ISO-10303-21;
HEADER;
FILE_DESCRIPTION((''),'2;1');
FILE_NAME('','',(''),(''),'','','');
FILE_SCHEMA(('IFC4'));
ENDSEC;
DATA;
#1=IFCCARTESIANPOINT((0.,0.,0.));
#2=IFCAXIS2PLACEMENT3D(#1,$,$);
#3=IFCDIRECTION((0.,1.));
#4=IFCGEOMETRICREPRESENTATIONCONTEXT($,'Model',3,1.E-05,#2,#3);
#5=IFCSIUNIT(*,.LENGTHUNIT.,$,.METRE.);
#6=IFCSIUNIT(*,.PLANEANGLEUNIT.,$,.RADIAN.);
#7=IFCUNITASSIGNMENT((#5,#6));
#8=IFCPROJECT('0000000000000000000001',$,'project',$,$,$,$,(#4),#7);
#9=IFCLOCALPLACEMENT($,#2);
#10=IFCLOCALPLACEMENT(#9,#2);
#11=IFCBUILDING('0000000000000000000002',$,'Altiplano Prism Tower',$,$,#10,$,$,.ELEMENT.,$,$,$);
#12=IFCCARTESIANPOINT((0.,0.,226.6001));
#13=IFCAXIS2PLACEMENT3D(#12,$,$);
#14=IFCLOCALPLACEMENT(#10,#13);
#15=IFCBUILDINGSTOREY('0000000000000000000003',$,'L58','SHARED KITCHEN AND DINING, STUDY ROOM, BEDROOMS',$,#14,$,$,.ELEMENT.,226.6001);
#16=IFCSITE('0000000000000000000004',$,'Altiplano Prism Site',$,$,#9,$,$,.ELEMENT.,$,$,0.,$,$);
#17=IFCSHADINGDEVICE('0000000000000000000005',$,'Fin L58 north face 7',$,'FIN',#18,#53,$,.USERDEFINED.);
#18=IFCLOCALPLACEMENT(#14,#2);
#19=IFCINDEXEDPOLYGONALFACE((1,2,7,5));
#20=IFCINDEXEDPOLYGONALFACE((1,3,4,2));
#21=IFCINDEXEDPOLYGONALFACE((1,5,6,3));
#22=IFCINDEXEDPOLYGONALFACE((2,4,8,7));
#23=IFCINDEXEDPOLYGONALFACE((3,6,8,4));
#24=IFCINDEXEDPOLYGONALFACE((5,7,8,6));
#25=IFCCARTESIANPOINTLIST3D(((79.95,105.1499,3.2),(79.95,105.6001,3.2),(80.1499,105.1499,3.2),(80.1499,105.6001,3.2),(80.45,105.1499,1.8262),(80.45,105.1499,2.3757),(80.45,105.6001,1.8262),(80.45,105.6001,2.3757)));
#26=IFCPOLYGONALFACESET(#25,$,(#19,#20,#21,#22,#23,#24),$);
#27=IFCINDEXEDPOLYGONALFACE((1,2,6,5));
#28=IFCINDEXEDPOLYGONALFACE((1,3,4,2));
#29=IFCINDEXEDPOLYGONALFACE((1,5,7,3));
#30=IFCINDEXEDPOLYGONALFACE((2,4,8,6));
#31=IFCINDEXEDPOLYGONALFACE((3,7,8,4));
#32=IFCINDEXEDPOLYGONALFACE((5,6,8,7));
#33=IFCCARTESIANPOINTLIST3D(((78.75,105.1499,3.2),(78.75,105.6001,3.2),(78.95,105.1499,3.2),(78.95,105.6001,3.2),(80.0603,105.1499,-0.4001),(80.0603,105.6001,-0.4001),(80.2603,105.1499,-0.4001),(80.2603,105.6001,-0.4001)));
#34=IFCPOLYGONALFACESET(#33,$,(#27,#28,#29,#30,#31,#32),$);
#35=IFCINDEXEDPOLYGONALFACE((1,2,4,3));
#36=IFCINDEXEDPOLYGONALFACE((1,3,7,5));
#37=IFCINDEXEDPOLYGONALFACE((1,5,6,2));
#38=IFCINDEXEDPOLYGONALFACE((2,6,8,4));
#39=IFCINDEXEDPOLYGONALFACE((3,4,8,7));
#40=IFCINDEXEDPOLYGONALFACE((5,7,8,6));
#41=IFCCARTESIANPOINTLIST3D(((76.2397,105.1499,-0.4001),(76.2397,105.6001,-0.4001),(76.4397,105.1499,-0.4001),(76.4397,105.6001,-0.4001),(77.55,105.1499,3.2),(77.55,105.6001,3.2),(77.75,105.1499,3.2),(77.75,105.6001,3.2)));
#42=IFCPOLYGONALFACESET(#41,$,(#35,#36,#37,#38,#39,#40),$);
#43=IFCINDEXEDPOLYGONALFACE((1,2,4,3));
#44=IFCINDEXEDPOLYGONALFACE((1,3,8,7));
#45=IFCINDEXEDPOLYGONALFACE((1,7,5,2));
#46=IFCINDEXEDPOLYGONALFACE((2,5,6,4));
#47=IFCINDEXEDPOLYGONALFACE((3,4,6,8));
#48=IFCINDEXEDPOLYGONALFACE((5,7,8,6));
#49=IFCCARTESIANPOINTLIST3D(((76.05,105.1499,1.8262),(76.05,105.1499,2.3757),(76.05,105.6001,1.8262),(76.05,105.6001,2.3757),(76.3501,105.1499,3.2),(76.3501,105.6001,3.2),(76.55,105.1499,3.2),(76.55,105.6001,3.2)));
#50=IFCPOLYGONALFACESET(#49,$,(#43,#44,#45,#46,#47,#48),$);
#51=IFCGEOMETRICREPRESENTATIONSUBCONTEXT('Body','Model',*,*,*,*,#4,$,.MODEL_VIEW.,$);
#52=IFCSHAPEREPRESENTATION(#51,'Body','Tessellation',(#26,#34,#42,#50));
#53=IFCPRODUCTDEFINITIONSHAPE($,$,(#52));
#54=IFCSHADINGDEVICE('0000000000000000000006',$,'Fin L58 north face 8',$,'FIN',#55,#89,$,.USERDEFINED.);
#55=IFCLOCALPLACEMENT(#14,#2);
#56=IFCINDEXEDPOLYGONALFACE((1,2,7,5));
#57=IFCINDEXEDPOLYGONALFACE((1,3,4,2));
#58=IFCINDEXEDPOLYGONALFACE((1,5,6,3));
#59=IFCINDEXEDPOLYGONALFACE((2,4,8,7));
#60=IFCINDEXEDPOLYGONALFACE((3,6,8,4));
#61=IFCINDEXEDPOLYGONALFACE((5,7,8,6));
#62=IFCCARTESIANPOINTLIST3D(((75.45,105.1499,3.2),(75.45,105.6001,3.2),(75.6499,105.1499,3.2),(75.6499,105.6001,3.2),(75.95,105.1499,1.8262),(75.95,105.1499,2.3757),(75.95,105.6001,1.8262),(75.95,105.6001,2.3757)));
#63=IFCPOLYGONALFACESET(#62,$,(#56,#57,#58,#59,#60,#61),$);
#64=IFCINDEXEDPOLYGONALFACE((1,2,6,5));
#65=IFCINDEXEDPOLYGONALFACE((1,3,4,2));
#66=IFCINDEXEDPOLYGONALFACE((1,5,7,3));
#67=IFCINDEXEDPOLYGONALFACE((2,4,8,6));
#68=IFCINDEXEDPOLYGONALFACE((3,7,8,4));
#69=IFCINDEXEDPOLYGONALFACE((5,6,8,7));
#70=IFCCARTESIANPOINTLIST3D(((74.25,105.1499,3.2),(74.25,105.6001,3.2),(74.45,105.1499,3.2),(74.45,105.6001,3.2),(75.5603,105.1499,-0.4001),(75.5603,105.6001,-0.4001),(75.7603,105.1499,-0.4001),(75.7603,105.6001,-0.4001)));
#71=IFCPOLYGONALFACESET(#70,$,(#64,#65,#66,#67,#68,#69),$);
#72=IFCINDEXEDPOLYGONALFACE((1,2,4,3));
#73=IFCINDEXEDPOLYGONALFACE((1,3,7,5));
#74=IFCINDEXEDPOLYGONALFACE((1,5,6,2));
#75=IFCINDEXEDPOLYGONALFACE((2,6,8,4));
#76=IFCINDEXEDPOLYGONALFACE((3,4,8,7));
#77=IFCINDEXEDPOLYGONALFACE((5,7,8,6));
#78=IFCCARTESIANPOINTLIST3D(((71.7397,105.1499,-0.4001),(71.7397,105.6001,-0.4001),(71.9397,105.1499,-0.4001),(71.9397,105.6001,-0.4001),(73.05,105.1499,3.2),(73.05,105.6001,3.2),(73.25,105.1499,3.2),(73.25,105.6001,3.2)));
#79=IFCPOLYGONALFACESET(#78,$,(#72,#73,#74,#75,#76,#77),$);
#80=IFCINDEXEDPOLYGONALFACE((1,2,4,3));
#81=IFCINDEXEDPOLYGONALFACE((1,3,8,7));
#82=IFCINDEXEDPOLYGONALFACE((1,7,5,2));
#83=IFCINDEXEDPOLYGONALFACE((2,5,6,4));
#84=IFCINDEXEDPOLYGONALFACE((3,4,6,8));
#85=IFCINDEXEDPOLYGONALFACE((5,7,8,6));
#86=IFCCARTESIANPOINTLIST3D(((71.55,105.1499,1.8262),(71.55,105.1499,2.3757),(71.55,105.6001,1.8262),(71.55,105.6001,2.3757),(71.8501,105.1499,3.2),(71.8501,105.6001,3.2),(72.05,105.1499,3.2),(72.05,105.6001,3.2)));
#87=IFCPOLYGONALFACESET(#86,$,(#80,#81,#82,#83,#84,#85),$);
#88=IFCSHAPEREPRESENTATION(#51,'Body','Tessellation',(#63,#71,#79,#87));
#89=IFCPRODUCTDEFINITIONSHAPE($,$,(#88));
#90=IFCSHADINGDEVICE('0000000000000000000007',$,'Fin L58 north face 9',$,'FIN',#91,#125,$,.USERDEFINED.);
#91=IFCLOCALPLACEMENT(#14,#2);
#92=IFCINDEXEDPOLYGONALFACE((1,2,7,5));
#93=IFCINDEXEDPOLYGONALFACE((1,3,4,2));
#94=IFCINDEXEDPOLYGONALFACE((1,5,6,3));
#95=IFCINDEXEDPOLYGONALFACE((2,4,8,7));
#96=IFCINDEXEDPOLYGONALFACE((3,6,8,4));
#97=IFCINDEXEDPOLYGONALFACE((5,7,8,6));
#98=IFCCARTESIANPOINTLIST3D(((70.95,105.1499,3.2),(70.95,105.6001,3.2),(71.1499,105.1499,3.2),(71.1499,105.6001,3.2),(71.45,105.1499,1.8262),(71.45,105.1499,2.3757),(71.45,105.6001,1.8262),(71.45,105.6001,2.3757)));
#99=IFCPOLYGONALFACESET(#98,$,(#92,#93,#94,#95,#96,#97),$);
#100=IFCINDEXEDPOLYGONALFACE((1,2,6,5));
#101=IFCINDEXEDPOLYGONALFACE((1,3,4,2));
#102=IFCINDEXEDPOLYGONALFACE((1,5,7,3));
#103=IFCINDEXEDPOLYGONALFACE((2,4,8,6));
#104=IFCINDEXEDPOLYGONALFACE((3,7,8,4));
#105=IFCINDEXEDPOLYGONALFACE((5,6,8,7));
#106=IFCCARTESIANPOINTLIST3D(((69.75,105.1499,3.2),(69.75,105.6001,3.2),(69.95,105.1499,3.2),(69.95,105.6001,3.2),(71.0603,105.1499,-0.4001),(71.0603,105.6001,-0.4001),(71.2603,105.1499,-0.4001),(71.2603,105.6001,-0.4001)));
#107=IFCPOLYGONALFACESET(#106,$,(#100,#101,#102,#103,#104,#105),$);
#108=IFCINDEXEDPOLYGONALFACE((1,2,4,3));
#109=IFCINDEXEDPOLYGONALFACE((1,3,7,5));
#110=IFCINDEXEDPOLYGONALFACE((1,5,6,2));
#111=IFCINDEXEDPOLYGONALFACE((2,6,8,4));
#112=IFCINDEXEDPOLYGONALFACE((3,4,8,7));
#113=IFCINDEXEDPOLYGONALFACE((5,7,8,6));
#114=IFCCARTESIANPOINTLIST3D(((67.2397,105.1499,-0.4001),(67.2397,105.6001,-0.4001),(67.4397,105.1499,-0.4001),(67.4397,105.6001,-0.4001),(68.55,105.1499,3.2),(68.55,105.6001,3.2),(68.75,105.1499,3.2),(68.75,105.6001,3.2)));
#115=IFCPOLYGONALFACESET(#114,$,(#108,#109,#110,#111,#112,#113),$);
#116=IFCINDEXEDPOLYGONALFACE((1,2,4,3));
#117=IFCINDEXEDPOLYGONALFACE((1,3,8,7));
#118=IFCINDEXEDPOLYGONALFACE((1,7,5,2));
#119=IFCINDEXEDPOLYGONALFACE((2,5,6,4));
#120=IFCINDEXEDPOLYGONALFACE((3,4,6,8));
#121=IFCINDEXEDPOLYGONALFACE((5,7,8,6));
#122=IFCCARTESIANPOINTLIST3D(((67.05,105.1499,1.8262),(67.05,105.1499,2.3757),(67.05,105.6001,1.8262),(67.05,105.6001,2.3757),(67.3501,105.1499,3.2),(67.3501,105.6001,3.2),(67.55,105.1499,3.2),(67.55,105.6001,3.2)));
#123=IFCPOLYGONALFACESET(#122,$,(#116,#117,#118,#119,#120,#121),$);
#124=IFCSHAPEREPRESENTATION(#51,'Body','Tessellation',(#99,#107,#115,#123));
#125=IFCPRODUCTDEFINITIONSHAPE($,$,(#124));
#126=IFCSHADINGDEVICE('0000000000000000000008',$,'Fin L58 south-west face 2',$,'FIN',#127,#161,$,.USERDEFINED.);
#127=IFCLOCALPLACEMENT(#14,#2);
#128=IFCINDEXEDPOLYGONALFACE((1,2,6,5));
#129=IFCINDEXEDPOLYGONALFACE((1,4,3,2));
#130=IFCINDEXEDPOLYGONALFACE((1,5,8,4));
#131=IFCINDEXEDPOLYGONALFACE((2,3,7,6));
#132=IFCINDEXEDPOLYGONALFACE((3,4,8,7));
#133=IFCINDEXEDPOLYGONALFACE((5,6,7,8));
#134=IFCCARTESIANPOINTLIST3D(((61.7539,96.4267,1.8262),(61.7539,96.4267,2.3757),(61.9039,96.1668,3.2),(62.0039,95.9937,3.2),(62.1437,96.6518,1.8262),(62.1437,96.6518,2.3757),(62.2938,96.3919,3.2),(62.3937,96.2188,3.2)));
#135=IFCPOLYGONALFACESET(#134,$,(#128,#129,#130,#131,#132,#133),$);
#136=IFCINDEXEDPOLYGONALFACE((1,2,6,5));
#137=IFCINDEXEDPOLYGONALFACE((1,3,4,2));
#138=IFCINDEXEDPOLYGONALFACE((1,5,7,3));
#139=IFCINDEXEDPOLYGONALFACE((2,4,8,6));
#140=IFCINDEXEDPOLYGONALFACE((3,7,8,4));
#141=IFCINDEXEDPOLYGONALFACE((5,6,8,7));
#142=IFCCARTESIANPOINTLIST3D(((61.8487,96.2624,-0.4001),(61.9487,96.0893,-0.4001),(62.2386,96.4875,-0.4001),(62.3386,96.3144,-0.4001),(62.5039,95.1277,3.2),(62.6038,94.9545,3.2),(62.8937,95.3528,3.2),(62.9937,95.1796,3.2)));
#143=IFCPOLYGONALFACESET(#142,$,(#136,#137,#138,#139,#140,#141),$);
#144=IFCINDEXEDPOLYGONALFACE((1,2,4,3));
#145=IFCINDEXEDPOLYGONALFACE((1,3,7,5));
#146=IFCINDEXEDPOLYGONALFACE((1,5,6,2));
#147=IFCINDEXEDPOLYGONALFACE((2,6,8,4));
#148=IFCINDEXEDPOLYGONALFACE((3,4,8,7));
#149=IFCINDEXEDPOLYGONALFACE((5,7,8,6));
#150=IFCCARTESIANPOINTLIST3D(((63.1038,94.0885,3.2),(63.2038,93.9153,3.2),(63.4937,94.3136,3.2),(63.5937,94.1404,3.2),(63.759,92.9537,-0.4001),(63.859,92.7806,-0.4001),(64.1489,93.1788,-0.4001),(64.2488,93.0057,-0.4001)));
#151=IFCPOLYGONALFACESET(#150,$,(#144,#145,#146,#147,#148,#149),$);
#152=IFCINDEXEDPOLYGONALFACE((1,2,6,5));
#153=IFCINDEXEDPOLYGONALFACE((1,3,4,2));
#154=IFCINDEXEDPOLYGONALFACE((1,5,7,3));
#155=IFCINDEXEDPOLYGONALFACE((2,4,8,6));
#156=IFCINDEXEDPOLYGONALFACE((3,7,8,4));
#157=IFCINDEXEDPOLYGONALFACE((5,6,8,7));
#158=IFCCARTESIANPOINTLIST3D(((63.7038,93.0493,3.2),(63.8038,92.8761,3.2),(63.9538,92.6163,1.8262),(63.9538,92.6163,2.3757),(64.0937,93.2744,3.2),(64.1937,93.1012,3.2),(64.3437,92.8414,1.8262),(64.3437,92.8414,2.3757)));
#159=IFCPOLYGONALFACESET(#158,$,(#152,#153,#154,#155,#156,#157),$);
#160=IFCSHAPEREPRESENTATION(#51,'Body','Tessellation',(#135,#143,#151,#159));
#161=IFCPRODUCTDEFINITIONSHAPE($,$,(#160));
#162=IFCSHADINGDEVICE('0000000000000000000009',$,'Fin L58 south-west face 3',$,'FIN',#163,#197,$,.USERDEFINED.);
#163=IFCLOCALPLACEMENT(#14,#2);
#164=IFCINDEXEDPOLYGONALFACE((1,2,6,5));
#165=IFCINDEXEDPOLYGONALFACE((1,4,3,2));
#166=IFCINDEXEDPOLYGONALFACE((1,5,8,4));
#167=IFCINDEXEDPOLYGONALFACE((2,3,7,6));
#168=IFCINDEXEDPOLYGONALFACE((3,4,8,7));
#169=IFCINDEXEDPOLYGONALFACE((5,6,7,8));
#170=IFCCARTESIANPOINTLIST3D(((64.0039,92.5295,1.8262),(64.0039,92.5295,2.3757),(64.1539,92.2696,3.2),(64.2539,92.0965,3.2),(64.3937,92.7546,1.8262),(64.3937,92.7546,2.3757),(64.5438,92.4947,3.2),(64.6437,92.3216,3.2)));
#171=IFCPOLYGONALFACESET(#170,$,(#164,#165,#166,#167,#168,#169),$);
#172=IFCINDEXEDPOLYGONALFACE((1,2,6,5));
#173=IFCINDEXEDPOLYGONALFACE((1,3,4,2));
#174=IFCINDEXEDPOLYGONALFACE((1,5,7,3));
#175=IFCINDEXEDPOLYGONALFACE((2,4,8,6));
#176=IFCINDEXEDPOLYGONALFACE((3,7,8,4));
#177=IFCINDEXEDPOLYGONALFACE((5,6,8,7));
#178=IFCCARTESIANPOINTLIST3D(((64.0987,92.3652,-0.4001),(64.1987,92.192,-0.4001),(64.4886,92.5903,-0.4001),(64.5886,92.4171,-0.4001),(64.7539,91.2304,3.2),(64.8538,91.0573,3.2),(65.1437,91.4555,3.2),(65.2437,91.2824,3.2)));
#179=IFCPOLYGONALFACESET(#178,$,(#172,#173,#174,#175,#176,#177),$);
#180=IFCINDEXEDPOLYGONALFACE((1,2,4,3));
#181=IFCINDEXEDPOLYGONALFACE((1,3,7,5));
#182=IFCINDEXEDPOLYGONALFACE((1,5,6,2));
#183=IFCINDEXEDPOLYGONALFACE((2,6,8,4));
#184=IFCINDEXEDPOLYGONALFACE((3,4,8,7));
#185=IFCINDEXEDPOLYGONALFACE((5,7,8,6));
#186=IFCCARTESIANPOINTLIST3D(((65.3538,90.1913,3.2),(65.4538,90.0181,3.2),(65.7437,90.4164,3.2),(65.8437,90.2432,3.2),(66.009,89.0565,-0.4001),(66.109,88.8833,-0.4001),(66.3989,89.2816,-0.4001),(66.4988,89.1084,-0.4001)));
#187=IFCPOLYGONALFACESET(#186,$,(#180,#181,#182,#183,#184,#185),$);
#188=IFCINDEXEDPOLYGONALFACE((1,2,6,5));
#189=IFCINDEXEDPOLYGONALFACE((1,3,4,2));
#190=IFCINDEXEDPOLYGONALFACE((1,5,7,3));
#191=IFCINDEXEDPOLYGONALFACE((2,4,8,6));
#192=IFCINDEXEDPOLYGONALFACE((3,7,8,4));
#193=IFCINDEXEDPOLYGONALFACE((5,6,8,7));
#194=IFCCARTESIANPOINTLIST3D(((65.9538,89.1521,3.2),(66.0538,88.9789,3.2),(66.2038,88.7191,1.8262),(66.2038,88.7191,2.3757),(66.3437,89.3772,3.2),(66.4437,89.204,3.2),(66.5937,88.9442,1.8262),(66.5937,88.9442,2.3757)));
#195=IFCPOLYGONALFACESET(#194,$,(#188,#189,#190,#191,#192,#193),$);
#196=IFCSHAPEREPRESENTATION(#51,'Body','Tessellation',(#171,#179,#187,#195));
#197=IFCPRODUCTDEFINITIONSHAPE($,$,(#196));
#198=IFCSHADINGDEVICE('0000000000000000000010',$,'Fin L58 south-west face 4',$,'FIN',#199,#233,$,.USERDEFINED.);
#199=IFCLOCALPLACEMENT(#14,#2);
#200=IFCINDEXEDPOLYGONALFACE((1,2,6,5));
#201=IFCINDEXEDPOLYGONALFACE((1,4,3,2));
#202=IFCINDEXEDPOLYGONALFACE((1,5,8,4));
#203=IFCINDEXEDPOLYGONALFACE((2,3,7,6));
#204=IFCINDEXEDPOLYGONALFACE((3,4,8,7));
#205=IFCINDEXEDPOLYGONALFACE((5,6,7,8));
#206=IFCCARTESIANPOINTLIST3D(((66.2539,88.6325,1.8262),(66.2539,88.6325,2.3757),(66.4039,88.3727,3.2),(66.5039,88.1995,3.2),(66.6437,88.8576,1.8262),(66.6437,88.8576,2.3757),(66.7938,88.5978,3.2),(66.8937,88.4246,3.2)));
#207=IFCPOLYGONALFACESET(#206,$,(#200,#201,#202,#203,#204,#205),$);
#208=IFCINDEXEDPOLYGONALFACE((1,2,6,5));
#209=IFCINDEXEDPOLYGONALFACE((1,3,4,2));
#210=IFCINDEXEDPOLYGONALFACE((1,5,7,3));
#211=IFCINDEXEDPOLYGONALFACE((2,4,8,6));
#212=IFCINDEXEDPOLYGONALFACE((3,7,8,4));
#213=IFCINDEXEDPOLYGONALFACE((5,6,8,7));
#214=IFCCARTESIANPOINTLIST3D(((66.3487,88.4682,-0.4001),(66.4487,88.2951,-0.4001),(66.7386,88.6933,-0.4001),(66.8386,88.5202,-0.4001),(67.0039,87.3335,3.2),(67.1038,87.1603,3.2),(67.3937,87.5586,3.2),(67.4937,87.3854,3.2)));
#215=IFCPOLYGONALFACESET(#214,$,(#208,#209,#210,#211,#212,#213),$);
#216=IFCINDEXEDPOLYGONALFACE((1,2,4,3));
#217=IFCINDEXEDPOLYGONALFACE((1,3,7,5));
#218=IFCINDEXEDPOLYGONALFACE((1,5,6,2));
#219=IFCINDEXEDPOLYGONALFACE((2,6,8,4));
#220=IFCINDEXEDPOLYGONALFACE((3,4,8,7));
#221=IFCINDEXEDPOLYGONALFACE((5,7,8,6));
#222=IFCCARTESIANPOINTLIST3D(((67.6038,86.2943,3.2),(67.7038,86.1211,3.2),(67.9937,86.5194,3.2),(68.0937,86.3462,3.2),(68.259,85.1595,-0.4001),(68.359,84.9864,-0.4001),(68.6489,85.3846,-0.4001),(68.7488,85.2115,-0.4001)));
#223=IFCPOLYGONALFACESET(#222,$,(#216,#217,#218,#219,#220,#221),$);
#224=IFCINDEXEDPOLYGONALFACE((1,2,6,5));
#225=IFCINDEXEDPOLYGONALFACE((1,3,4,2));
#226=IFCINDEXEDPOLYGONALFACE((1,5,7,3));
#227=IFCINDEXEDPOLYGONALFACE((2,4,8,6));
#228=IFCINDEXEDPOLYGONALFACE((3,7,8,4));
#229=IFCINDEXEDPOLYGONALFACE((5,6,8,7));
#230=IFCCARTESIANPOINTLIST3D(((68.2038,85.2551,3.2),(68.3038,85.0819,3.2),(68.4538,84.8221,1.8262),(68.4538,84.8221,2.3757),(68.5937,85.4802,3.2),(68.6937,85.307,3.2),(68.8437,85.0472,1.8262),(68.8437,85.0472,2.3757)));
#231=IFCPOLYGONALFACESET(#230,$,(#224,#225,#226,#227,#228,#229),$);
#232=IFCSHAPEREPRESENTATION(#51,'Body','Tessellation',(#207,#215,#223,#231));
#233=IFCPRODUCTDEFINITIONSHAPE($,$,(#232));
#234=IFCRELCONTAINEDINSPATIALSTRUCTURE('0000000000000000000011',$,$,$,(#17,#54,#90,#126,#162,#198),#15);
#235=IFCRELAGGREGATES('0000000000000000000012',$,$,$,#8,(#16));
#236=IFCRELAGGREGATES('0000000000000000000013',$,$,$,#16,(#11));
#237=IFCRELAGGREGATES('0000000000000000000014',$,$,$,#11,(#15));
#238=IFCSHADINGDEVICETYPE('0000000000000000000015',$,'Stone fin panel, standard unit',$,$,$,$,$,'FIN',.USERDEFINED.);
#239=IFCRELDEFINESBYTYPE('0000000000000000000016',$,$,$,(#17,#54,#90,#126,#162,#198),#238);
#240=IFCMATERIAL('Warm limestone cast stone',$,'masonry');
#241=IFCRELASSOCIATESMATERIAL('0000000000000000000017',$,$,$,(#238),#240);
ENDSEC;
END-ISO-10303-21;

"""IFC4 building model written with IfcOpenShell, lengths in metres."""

from ifc_helpers import new_model, si_unit, direction, frame, origin, place, context, subcontext, project, spatial, polyline, outline, extrude, source, transform, mapped, material, type_object, element, save


model = new_model("IFC4")

# Units and contexts
model_context = context("Model", 3, precision=1e-05, world=origin(), true_north=direction((0.0, 1.0)))
body_context = subcontext(model_context, "Body", "Model", "MODEL_VIEW")
ifc_project = project(units=[si_unit("LENGTHUNIT", "METRE"), si_unit("PLANEANGLEUNIT", "RADIAN")], contexts=[model_context])

# Site, building, storey
site_placement = place(None, origin())
site = spatial("IfcSite", under=ifc_project, at=site_placement, Name="Altiplano Prism Site", CompositionType="ELEMENT", RefElevation=0.0)
building_placement = place(site_placement, origin())
building = spatial("IfcBuilding", under=site, at=building_placement, Name="Altiplano Prism Tower", CompositionType="ELEMENT")
storey_placement = place(building_placement, frame((0.0, 0.0, 226.6001)))
storey = spatial("IfcBuildingStorey", under=building, at=storey_placement, Name="L58", Description="SHARED KITCHEN AND DINING, STUDY ROOM, BEDROOMS", CompositionType="ELEMENT", Elevation=226.6001)

# Shading devices
ifc_material_1 = material(Name="Warm limestone cast stone", Category="masonry")
shading_device_type_1 = type_object("IfcShadingDeviceType", Name="Stone fin panel, standard unit", ElementType="FIN", PredefinedType="USERDEFINED", material=ifc_material_1)
shared_shape_1 = source(origin(), body_context, "Body", "SweptSolid", [
    extrude(outline(polyline([(-2.2, 2.2263), (-1.7, 3.6001), (-1.8999, 3.6001), (-2.2, 2.7759), (-2.2, 2.2263)])), frame((0.0, -0.1499, 0.0), z_axis=(0.0, -1.0, 0.0), x_axis=(1.0, 0.0, 0.0)), (0.0, 0.0, 1.0), 0.4502),
    extrude(outline(polyline([(-2.0103, 0.0), (-1.8103, 0.0), (-0.5, 3.6001), (-0.7, 3.6001), (-2.0103, 0.0)])), frame((0.0, -0.1499, 0.0), z_axis=(0.0, -1.0, 0.0), x_axis=(1.0, 0.0, 0.0)), (0.0, 0.0, 1.0), 0.4502),
    extrude(outline(polyline([(1.8103, 0.0), (2.0103, 0.0), (0.7, 3.6001), (0.5, 3.6001), (1.8103, 0.0)])), frame((0.0, -0.1499, 0.0), z_axis=(0.0, -1.0, 0.0), x_axis=(1.0, 0.0, 0.0)), (0.0, 0.0, 1.0), 0.4502),
    extrude(outline(polyline([(2.2, 2.7759), (1.8999, 3.6001), (1.7, 3.6001), (2.2, 2.2263), (2.2, 2.7759)])), frame((0.0, -0.1499, 0.0), z_axis=(0.0, -1.0, 0.0), x_axis=(1.0, 0.0, 0.0)), (0.0, 0.0, 1.0), 0.4502),
])
shading_device_1_placement = place(storey_placement, origin())
element("IfcShadingDevice", 1, at=shading_device_1_placement, inside=storey, type_object=shading_device_type_1, Name="Fin L58 north face 7", ObjectType="FIN", PredefinedType="USERDEFINED", context=body_context, shape_type="MappedRepresentation", body=[
    mapped(shared_shape_1, transform((78.25, 105.0, -0.4001), x_axis=(-1.0, 0.0, 0.0), y_axis=(0.0, -1.0, 0.0), z_axis=(0.0, 0.0, 1.0))),
])
shading_device_2_placement = place(storey_placement, origin())
element("IfcShadingDevice", 2, at=shading_device_2_placement, inside=storey, type_object=shading_device_type_1, Name="Fin L58 north face 8", ObjectType="FIN", PredefinedType="USERDEFINED", context=body_context, shape_type="MappedRepresentation", body=[
    mapped(shared_shape_1, transform((73.75, 105.0, -0.4001), x_axis=(-1.0, 0.0, 0.0), y_axis=(0.0, -1.0, 0.0), z_axis=(0.0, 0.0, 1.0))),
])
shading_device_3_placement = place(storey_placement, origin())
element("IfcShadingDevice", 3, at=shading_device_3_placement, inside=storey, type_object=shading_device_type_1, Name="Fin L58 north face 9", ObjectType="FIN", PredefinedType="USERDEFINED", context=body_context, shape_type="MappedRepresentation", body=[
    mapped(shared_shape_1, transform((69.25, 105.0, -0.4001), x_axis=(-1.0, 0.0, 0.0), y_axis=(0.0, -1.0, 0.0), z_axis=(0.0, 0.0, 1.0))),
])
shading_device_4_placement = place(storey_placement, origin())
element("IfcShadingDevice", 4, at=shading_device_4_placement, inside=storey, type_object=shading_device_type_1, Name="Fin L58 south-west face 2", ObjectType="FIN", PredefinedType="USERDEFINED", context=body_context, shape_type="MappedRepresentation", body=[
    mapped(shared_shape_1, transform((63.3735, 94.8215, -0.4001), x_axis=(0.5, -0.866025, 0.0), y_axis=(0.866025, 0.5, 0.0), z_axis=(0.0, 0.0, 1.0))),
])
shading_device_5_placement = place(storey_placement, origin())
element("IfcShadingDevice", 5, at=shading_device_5_placement, inside=storey, type_object=shading_device_type_1, Name="Fin L58 south-west face 3", ObjectType="FIN", PredefinedType="USERDEFINED", context=body_context, shape_type="MappedRepresentation", body=[
    mapped(shared_shape_1, transform((65.6235, 90.9243, -0.4001), x_axis=(0.5, -0.866025, 0.0), y_axis=(0.866025, 0.5, 0.0), z_axis=(0.0, 0.0, 1.0))),
])
shading_device_6_placement = place(storey_placement, origin())
element("IfcShadingDevice", 6, at=shading_device_6_placement, inside=storey, type_object=shading_device_type_1, Name="Fin L58 south-west face 4", ObjectType="FIN", PredefinedType="USERDEFINED", context=body_context, shape_type="MappedRepresentation", body=[
    mapped(shared_shape_1, transform((67.8735, 87.0273, -0.4001), x_axis=(0.5, -0.866025, 0.0), y_axis=(0.866025, 0.5, 0.0), z_axis=(0.0, 0.0, 1.0))),
])

save(model, "model.ifc")
